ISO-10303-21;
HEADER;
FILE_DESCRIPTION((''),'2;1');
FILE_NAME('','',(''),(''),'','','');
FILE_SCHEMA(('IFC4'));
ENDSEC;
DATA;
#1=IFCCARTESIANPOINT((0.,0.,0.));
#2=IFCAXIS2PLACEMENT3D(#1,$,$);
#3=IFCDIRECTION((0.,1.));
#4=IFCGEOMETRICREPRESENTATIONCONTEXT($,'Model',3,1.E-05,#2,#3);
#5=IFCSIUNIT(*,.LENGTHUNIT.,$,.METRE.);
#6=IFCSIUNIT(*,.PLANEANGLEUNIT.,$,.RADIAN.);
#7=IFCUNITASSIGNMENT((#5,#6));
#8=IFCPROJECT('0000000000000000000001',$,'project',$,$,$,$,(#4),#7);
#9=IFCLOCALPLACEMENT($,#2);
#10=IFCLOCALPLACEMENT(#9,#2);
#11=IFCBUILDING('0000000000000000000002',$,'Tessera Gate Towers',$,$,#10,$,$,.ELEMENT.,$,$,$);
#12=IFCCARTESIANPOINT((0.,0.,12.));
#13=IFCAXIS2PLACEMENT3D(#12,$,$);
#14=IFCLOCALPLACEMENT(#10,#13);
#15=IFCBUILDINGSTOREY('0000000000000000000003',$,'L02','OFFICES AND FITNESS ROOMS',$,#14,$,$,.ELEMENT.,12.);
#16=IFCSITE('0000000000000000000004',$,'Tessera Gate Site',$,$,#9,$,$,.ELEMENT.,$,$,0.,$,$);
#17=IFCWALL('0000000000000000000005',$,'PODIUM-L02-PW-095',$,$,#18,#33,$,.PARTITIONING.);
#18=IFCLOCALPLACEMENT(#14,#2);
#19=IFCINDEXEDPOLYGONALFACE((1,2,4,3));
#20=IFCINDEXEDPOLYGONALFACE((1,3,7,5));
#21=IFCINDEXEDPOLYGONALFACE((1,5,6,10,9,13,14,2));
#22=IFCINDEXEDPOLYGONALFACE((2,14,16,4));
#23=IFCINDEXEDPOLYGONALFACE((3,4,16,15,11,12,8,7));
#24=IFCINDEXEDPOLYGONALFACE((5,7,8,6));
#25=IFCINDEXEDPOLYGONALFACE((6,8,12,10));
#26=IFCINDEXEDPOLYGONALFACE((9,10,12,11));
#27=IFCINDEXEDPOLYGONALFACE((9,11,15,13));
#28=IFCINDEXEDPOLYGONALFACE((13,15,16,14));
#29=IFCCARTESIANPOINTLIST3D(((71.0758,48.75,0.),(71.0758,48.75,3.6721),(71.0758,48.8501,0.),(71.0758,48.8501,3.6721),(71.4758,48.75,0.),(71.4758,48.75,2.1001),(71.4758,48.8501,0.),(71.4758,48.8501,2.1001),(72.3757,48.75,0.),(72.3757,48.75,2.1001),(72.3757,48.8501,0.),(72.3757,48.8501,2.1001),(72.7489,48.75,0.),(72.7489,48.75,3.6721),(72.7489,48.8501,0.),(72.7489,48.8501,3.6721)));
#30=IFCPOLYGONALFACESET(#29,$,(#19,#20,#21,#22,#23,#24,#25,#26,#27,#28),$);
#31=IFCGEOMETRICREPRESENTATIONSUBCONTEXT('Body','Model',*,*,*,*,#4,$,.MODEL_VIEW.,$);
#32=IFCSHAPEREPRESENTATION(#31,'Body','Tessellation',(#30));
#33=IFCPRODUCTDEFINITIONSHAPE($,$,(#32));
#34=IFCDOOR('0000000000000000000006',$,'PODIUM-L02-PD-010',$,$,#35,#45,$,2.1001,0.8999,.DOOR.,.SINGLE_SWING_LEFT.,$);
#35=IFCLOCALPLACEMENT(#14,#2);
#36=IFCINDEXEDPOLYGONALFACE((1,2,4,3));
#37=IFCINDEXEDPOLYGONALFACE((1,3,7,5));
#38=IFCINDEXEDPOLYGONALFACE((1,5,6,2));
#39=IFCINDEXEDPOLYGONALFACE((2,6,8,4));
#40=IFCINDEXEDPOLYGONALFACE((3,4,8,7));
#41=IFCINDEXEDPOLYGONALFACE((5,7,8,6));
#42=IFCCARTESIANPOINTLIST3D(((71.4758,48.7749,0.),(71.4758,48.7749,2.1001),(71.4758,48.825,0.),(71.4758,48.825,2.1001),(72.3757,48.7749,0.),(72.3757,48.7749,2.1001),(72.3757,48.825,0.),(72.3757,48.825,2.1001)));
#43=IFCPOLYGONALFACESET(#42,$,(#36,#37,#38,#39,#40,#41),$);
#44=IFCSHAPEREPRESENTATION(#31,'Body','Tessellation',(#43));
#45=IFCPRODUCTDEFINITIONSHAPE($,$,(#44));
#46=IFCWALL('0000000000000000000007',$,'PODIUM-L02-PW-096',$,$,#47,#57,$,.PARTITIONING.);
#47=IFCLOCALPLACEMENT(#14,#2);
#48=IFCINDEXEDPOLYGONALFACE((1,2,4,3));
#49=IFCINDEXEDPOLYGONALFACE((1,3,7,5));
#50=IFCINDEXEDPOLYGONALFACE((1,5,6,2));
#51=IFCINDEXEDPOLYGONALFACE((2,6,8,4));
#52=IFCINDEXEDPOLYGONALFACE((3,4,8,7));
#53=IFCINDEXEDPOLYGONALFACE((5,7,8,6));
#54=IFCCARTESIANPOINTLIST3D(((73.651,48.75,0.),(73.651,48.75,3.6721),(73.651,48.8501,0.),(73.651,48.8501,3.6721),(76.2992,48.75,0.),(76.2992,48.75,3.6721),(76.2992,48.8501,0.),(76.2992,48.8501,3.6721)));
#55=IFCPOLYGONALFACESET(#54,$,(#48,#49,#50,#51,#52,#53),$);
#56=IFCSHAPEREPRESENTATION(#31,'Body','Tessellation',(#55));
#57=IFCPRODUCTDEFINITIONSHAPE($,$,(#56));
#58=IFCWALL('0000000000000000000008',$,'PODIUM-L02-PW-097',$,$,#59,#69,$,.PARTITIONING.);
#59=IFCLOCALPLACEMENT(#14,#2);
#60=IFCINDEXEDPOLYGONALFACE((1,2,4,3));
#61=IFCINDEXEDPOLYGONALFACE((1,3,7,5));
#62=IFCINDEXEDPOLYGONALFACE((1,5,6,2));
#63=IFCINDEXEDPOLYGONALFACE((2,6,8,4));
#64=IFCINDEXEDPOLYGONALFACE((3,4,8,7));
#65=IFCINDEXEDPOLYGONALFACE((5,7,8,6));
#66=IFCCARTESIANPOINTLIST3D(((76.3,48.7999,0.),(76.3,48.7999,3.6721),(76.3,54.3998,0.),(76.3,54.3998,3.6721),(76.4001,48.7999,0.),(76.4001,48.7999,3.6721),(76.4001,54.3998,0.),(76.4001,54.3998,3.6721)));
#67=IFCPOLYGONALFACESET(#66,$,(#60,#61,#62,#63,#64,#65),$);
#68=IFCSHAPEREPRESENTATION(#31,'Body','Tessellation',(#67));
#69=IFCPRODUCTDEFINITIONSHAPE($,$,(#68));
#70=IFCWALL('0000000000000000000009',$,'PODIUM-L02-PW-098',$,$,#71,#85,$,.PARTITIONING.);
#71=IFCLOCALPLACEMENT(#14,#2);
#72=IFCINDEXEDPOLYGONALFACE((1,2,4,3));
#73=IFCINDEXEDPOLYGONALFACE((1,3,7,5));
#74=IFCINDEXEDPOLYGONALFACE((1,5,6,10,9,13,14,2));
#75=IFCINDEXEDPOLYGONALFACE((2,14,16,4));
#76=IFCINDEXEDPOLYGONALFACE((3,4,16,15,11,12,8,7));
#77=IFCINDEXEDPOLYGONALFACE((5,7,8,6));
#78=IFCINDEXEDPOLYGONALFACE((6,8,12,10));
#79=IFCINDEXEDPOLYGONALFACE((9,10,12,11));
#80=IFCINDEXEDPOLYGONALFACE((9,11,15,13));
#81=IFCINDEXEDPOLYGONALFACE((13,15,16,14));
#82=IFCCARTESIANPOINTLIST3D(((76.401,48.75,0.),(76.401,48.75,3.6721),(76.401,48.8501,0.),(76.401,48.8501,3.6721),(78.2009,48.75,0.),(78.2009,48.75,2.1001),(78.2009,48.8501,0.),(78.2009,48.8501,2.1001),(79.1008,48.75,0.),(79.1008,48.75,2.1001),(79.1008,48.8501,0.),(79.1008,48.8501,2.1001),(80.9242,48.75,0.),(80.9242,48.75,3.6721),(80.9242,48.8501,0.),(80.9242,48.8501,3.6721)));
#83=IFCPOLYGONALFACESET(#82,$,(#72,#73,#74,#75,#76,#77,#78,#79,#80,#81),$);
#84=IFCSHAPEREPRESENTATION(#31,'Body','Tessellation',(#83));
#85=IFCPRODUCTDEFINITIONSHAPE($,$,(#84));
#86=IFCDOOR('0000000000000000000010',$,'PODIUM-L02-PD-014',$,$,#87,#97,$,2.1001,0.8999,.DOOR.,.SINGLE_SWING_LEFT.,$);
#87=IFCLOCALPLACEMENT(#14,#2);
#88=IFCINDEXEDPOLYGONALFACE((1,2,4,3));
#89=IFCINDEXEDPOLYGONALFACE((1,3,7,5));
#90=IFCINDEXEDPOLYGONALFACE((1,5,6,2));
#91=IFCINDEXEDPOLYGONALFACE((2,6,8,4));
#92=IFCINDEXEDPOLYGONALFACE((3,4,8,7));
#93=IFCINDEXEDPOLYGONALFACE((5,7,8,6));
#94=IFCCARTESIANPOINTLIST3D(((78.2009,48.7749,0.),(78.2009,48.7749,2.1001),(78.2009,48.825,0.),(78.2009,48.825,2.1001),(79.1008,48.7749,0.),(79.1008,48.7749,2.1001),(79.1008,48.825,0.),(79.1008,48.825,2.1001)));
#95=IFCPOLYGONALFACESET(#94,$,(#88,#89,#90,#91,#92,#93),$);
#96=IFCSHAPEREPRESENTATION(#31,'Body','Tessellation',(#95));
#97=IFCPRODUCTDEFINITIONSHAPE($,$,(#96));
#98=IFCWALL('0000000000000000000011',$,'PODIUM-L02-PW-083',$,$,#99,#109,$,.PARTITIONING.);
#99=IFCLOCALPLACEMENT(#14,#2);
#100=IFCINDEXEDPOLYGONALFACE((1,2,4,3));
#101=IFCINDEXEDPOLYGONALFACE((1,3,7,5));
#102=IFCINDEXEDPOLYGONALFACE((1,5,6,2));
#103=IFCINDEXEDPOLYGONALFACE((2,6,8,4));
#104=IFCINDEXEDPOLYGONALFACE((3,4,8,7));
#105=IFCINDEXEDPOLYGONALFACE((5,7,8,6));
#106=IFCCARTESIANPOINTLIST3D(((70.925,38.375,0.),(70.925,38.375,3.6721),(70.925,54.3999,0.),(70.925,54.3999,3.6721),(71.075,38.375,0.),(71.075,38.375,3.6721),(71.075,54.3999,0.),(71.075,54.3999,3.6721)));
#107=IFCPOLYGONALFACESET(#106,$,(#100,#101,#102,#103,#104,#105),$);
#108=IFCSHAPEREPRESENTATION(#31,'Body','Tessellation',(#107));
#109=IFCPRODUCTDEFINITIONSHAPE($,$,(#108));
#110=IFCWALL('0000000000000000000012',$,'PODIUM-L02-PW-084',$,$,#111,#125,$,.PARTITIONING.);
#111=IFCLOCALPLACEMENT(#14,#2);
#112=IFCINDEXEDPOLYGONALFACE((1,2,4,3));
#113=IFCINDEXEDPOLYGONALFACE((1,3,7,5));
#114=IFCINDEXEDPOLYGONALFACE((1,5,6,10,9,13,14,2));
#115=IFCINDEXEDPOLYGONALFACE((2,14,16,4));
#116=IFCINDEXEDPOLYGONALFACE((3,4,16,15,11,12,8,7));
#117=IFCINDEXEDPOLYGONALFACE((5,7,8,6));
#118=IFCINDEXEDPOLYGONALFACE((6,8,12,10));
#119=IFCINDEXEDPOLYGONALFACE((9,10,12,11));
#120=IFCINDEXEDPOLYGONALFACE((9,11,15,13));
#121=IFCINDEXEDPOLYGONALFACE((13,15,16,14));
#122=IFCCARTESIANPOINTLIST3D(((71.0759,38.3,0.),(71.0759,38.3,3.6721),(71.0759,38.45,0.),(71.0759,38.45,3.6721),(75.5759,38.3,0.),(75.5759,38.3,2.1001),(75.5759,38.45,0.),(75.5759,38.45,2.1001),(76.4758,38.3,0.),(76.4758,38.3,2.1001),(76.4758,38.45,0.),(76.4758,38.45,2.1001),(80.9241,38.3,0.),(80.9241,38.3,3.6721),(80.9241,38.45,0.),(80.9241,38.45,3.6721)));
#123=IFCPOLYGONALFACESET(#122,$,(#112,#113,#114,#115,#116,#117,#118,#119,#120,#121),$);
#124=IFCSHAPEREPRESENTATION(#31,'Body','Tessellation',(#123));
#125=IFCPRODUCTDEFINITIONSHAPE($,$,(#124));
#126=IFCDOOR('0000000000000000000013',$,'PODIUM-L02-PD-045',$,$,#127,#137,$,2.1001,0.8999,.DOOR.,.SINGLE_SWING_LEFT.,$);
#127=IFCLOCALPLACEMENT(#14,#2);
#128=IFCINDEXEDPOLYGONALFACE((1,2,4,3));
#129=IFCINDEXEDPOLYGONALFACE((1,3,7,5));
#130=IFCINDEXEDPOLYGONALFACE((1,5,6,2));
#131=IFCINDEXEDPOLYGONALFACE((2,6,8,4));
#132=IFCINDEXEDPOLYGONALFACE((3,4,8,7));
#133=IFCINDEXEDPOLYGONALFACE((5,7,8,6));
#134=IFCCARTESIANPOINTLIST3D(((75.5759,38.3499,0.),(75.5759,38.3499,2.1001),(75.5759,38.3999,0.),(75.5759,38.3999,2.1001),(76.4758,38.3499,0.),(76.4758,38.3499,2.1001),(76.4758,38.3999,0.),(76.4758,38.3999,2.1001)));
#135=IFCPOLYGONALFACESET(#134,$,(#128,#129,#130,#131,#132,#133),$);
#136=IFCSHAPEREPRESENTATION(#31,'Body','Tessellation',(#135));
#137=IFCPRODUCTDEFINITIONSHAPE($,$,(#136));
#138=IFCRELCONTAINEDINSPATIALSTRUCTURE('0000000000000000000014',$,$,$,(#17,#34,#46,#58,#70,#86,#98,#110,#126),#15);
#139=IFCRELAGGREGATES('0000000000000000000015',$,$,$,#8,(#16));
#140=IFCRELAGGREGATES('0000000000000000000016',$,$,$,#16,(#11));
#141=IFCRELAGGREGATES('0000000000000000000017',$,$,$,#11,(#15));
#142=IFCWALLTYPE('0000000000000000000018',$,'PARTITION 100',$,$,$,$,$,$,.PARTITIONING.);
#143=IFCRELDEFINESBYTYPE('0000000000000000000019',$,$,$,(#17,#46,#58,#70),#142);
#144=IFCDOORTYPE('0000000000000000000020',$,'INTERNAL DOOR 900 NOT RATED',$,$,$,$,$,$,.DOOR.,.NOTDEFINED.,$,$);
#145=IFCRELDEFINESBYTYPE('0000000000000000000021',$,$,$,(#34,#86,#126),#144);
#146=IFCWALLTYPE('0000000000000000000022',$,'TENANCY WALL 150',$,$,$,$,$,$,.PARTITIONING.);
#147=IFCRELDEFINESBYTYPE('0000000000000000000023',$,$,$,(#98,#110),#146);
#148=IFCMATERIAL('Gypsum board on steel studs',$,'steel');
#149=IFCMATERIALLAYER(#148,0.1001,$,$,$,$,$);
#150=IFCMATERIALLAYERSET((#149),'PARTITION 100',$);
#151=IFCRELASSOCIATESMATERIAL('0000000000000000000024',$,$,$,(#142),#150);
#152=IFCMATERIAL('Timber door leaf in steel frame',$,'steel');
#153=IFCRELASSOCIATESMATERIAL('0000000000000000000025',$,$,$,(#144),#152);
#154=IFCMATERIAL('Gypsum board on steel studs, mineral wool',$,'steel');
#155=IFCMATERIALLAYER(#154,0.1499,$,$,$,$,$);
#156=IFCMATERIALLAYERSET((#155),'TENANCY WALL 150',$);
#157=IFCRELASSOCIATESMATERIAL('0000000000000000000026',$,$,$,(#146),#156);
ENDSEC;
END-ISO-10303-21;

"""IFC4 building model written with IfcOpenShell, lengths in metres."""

from ifc_helpers import new_model, si_unit, direction, frame, frame_2d, origin, place, context, subcontext, project, spatial, rectangle, extrude, source, transform, mapped, material, layer, layer_set, type_object, element, fill, save


model = new_model("IFC4")

# Units and contexts
model_context = context("Model", 3, precision=1e-05, world=origin(), true_north=direction((0.0, 1.0)))
body_context = subcontext(model_context, "Body", "Model", "MODEL_VIEW")
ifc_project = project(units=[si_unit("LENGTHUNIT", "METRE"), si_unit("PLANEANGLEUNIT", "RADIAN")], contexts=[model_context])

# Site, building, storey
site_placement = place(None, origin())
site = spatial("IfcSite", under=ifc_project, at=site_placement, Name="Tessera Gate Site", CompositionType="ELEMENT", RefElevation=0.0)
building_placement = place(site_placement, origin())
building = spatial("IfcBuilding", under=site, at=building_placement, Name="Tessera Gate Towers", CompositionType="ELEMENT")
storey_placement = place(building_placement, frame((0.0, 0.0, 12.0)))
storey = spatial("IfcBuildingStorey", under=building, at=storey_placement, Name="L02", Description="OFFICES AND FITNESS ROOMS", CompositionType="ELEMENT", Elevation=12.0)

# Shared definitions
ifc_material_1 = material(Name="Gypsum board on steel studs", Category="steel")
ifc_layer_1 = layer(ifc_material_1, 0.1001)
ifc_layer_set_1 = layer_set([ifc_layer_1], Name="PARTITION 100")
wall_type_1 = type_object("IfcWallType", Name="PARTITION 100", PredefinedType="PARTITIONING", material=ifc_layer_set_1)

# Wall, opening, door
shared_shape_1 = source(origin(), body_context, "Body", "SweptSolid", [
    extrude(rectangle(XDim=0.8999, YDim=2.1001, at=frame_2d((0.45, 1.05))), frame((0.0, 0.0601, 0.0), z_axis=(0.0, -1.0, 0.0), x_axis=(1.0, 0.0, 0.0)), (0.0, 0.0, 1.0), 0.1201),
])
ifc_material_2 = material(Name="Timber door leaf in steel frame", Category="steel")
door_type = type_object("IfcDoorType", Name="INTERNAL DOOR 900 NOT RATED", OperationType="NOTDEFINED", PredefinedType="DOOR", material=ifc_material_2)
shared_shape_2 = source(origin(), body_context, "Body", "SweptSolid", [
    extrude(rectangle(XDim=0.8999, YDim=2.1001, at=frame_2d((0.45, 1.05))), frame((0.0, 0.0249, 0.0), z_axis=(0.0, -1.0, 0.0), x_axis=(1.0, 0.0, 0.0)), (0.0, 0.0, 1.0), 0.05),
])
wall_1_placement = place(storey_placement, frame((71.0759, 48.8, 0.0), z_axis=(0.0, 0.0, 1.0), x_axis=(1.0, 0.0, 0.0)))
wall_1 = element("IfcWall", 1, at=wall_1_placement, inside=storey, type_object=wall_type_1, Name="PODIUM-L02-PW-095", PredefinedType="PARTITIONING", context=body_context, shape_type="SweptSolid", body=[
    extrude(rectangle(XDim=1.6731, YDim=0.1001, at=frame_2d((0.8364, 0.0))), origin(), (0.0, 0.0, 1.0), 3.6721),
])
opening_1_placement = place(wall_1_placement, frame((0.3999, 0.0, 0.0)))
opening_1 = element("IfcOpeningElement", 2, at=opening_1_placement, cuts=wall_1, PredefinedType="OPENING", context=body_context, shape_type="MappedRepresentation", body=[
    mapped(shared_shape_1, transform((0.0, 0.0, 0.0), scale=1.0)),
])
door_1_placement = place(opening_1_placement, origin())
door_1 = element("IfcDoor", 3, at=door_1_placement, inside=storey, type_object=door_type, Name="PODIUM-L02-PD-010", OperationType="SINGLE_SWING_LEFT", OverallHeight=2.1001, OverallWidth=0.8999, PredefinedType="DOOR", context=body_context, shape_type="MappedRepresentation", body=[
    mapped(shared_shape_2, transform((0.0, 0.0, 0.0), scale=1.0)),
])
fill(opening_1, door_1)

# Walls
wall_2_placement = place(storey_placement, frame((73.6509, 48.8, 0.0), z_axis=(0.0, 0.0, 1.0), x_axis=(1.0, 0.0, 0.0)))
element("IfcWall", 4, at=wall_2_placement, inside=storey, type_object=wall_type_1, Name="PODIUM-L02-PW-096", PredefinedType="PARTITIONING", context=body_context, shape_type="SweptSolid", body=[
    extrude(rectangle(XDim=2.6482, YDim=0.1001, at=frame_2d((1.3242, 0.0))), origin(), (0.0, 0.0, 1.0), 3.6721),
])
wall_3_placement = place(storey_placement, frame((76.3501, 48.8, 0.0), z_axis=(0.0, 0.0, 1.0), x_axis=(0.0, 1.0, 0.0)))
element("IfcWall", 5, at=wall_3_placement, inside=storey, type_object=wall_type_1, Name="PODIUM-L02-PW-097", PredefinedType="PARTITIONING", context=body_context, shape_type="SweptSolid", body=[
    extrude(rectangle(XDim=5.5999, YDim=0.1001, at=frame_2d((2.7998, 0.0))), origin(), (0.0, 0.0, 1.0), 3.6721),
])

# Wall, opening, door
wall_4_placement = place(storey_placement, frame((76.4009, 48.8, 0.0), z_axis=(0.0, 0.0, 1.0), x_axis=(1.0, 0.0, 0.0)))
wall_4 = element("IfcWall", 6, at=wall_4_placement, inside=storey, type_object=wall_type_1, Name="PODIUM-L02-PW-098", PredefinedType="PARTITIONING", context=body_context, shape_type="SweptSolid", body=[
    extrude(rectangle(XDim=4.5232, YDim=0.1001, at=frame_2d((2.2617, 0.0))), origin(), (0.0, 0.0, 1.0), 3.6721),
])
opening_2_placement = place(wall_4_placement, frame((1.8, 0.0, 0.0)))
opening_2 = element("IfcOpeningElement", 7, at=opening_2_placement, cuts=wall_4, PredefinedType="OPENING", context=body_context, shape_type="MappedRepresentation", body=[
    mapped(shared_shape_1, transform((0.0, 0.0, 0.0), scale=1.0)),
])
door_2_placement = place(opening_2_placement, origin())
door_2 = element("IfcDoor", 8, at=door_2_placement, inside=storey, type_object=door_type, Name="PODIUM-L02-PD-014", OperationType="SINGLE_SWING_LEFT", OverallHeight=2.1001, OverallWidth=0.8999, PredefinedType="DOOR", context=body_context, shape_type="MappedRepresentation", body=[
    mapped(shared_shape_2, transform((0.0, 0.0, 0.0), scale=1.0)),
])
fill(opening_2, door_2)

# Wall
ifc_material_3 = material(Name="Gypsum board on steel studs, mineral wool", Category="steel")
ifc_layer_2 = layer(ifc_material_3, 0.1499)
ifc_layer_set_2 = layer_set([ifc_layer_2], Name="TENANCY WALL 150")
wall_type_2 = type_object("IfcWallType", Name="TENANCY WALL 150", PredefinedType="PARTITIONING", material=ifc_layer_set_2)
wall_5_placement = place(storey_placement, frame((71.0, 38.375, 0.0), z_axis=(0.0, 0.0, 1.0), x_axis=(0.0, 1.0, 0.0)))
element("IfcWall", 9, at=wall_5_placement, inside=storey, type_object=wall_type_2, Name="PODIUM-L02-PW-083", PredefinedType="PARTITIONING", context=body_context, shape_type="SweptSolid", body=[
    extrude(rectangle(XDim=16.0249, YDim=0.1499, at=frame_2d((8.0125, 0.0))), origin(), (0.0, 0.0, 1.0), 3.6721),
])

# Wall, opening, door
wall_6_placement = place(storey_placement, frame((71.0759, 38.375, 0.0), z_axis=(0.0, 0.0, 1.0), x_axis=(1.0, 0.0, 0.0)))
wall_6 = element("IfcWall", 10, at=wall_6_placement, inside=storey, type_object=wall_type_2, Name="PODIUM-L02-PW-084", PredefinedType="PARTITIONING", context=body_context, shape_type="SweptSolid", body=[
    extrude(rectangle(XDim=9.8481, YDim=0.1499, at=frame_2d((4.9241, 0.0))), origin(), (0.0, 0.0, 1.0), 3.6721),
])
shared_shape_3 = source(origin(), body_context, "Body", "SweptSolid", [
    extrude(rectangle(XDim=0.8999, YDim=2.1001, at=frame_2d((0.45, 1.05))), frame((0.0, 0.085, 0.0), z_axis=(0.0, -1.0, 0.0), x_axis=(1.0, 0.0, 0.0)), (0.0, 0.0, 1.0), 0.1699),
])
opening_3_placement = place(wall_6_placement, frame((4.5, 0.0, 0.0)))
opening_3 = element("IfcOpeningElement", 11, at=opening_3_placement, cuts=wall_6, PredefinedType="OPENING", context=body_context, shape_type="MappedRepresentation", body=[
    mapped(shared_shape_3, transform((0.0, 0.0, 0.0), scale=1.0)),
])
door_3_placement = place(opening_3_placement, origin())
door_3 = element("IfcDoor", 12, at=door_3_placement, inside=storey, type_object=door_type, Name="PODIUM-L02-PD-045", OperationType="SINGLE_SWING_LEFT", OverallHeight=2.1001, OverallWidth=0.8999, PredefinedType="DOOR", context=body_context, shape_type="MappedRepresentation", body=[
    mapped(shared_shape_2, transform((0.0, 0.0, 0.0), scale=1.0)),
])
fill(opening_3, door_3)

save(model, "model.ifc")
